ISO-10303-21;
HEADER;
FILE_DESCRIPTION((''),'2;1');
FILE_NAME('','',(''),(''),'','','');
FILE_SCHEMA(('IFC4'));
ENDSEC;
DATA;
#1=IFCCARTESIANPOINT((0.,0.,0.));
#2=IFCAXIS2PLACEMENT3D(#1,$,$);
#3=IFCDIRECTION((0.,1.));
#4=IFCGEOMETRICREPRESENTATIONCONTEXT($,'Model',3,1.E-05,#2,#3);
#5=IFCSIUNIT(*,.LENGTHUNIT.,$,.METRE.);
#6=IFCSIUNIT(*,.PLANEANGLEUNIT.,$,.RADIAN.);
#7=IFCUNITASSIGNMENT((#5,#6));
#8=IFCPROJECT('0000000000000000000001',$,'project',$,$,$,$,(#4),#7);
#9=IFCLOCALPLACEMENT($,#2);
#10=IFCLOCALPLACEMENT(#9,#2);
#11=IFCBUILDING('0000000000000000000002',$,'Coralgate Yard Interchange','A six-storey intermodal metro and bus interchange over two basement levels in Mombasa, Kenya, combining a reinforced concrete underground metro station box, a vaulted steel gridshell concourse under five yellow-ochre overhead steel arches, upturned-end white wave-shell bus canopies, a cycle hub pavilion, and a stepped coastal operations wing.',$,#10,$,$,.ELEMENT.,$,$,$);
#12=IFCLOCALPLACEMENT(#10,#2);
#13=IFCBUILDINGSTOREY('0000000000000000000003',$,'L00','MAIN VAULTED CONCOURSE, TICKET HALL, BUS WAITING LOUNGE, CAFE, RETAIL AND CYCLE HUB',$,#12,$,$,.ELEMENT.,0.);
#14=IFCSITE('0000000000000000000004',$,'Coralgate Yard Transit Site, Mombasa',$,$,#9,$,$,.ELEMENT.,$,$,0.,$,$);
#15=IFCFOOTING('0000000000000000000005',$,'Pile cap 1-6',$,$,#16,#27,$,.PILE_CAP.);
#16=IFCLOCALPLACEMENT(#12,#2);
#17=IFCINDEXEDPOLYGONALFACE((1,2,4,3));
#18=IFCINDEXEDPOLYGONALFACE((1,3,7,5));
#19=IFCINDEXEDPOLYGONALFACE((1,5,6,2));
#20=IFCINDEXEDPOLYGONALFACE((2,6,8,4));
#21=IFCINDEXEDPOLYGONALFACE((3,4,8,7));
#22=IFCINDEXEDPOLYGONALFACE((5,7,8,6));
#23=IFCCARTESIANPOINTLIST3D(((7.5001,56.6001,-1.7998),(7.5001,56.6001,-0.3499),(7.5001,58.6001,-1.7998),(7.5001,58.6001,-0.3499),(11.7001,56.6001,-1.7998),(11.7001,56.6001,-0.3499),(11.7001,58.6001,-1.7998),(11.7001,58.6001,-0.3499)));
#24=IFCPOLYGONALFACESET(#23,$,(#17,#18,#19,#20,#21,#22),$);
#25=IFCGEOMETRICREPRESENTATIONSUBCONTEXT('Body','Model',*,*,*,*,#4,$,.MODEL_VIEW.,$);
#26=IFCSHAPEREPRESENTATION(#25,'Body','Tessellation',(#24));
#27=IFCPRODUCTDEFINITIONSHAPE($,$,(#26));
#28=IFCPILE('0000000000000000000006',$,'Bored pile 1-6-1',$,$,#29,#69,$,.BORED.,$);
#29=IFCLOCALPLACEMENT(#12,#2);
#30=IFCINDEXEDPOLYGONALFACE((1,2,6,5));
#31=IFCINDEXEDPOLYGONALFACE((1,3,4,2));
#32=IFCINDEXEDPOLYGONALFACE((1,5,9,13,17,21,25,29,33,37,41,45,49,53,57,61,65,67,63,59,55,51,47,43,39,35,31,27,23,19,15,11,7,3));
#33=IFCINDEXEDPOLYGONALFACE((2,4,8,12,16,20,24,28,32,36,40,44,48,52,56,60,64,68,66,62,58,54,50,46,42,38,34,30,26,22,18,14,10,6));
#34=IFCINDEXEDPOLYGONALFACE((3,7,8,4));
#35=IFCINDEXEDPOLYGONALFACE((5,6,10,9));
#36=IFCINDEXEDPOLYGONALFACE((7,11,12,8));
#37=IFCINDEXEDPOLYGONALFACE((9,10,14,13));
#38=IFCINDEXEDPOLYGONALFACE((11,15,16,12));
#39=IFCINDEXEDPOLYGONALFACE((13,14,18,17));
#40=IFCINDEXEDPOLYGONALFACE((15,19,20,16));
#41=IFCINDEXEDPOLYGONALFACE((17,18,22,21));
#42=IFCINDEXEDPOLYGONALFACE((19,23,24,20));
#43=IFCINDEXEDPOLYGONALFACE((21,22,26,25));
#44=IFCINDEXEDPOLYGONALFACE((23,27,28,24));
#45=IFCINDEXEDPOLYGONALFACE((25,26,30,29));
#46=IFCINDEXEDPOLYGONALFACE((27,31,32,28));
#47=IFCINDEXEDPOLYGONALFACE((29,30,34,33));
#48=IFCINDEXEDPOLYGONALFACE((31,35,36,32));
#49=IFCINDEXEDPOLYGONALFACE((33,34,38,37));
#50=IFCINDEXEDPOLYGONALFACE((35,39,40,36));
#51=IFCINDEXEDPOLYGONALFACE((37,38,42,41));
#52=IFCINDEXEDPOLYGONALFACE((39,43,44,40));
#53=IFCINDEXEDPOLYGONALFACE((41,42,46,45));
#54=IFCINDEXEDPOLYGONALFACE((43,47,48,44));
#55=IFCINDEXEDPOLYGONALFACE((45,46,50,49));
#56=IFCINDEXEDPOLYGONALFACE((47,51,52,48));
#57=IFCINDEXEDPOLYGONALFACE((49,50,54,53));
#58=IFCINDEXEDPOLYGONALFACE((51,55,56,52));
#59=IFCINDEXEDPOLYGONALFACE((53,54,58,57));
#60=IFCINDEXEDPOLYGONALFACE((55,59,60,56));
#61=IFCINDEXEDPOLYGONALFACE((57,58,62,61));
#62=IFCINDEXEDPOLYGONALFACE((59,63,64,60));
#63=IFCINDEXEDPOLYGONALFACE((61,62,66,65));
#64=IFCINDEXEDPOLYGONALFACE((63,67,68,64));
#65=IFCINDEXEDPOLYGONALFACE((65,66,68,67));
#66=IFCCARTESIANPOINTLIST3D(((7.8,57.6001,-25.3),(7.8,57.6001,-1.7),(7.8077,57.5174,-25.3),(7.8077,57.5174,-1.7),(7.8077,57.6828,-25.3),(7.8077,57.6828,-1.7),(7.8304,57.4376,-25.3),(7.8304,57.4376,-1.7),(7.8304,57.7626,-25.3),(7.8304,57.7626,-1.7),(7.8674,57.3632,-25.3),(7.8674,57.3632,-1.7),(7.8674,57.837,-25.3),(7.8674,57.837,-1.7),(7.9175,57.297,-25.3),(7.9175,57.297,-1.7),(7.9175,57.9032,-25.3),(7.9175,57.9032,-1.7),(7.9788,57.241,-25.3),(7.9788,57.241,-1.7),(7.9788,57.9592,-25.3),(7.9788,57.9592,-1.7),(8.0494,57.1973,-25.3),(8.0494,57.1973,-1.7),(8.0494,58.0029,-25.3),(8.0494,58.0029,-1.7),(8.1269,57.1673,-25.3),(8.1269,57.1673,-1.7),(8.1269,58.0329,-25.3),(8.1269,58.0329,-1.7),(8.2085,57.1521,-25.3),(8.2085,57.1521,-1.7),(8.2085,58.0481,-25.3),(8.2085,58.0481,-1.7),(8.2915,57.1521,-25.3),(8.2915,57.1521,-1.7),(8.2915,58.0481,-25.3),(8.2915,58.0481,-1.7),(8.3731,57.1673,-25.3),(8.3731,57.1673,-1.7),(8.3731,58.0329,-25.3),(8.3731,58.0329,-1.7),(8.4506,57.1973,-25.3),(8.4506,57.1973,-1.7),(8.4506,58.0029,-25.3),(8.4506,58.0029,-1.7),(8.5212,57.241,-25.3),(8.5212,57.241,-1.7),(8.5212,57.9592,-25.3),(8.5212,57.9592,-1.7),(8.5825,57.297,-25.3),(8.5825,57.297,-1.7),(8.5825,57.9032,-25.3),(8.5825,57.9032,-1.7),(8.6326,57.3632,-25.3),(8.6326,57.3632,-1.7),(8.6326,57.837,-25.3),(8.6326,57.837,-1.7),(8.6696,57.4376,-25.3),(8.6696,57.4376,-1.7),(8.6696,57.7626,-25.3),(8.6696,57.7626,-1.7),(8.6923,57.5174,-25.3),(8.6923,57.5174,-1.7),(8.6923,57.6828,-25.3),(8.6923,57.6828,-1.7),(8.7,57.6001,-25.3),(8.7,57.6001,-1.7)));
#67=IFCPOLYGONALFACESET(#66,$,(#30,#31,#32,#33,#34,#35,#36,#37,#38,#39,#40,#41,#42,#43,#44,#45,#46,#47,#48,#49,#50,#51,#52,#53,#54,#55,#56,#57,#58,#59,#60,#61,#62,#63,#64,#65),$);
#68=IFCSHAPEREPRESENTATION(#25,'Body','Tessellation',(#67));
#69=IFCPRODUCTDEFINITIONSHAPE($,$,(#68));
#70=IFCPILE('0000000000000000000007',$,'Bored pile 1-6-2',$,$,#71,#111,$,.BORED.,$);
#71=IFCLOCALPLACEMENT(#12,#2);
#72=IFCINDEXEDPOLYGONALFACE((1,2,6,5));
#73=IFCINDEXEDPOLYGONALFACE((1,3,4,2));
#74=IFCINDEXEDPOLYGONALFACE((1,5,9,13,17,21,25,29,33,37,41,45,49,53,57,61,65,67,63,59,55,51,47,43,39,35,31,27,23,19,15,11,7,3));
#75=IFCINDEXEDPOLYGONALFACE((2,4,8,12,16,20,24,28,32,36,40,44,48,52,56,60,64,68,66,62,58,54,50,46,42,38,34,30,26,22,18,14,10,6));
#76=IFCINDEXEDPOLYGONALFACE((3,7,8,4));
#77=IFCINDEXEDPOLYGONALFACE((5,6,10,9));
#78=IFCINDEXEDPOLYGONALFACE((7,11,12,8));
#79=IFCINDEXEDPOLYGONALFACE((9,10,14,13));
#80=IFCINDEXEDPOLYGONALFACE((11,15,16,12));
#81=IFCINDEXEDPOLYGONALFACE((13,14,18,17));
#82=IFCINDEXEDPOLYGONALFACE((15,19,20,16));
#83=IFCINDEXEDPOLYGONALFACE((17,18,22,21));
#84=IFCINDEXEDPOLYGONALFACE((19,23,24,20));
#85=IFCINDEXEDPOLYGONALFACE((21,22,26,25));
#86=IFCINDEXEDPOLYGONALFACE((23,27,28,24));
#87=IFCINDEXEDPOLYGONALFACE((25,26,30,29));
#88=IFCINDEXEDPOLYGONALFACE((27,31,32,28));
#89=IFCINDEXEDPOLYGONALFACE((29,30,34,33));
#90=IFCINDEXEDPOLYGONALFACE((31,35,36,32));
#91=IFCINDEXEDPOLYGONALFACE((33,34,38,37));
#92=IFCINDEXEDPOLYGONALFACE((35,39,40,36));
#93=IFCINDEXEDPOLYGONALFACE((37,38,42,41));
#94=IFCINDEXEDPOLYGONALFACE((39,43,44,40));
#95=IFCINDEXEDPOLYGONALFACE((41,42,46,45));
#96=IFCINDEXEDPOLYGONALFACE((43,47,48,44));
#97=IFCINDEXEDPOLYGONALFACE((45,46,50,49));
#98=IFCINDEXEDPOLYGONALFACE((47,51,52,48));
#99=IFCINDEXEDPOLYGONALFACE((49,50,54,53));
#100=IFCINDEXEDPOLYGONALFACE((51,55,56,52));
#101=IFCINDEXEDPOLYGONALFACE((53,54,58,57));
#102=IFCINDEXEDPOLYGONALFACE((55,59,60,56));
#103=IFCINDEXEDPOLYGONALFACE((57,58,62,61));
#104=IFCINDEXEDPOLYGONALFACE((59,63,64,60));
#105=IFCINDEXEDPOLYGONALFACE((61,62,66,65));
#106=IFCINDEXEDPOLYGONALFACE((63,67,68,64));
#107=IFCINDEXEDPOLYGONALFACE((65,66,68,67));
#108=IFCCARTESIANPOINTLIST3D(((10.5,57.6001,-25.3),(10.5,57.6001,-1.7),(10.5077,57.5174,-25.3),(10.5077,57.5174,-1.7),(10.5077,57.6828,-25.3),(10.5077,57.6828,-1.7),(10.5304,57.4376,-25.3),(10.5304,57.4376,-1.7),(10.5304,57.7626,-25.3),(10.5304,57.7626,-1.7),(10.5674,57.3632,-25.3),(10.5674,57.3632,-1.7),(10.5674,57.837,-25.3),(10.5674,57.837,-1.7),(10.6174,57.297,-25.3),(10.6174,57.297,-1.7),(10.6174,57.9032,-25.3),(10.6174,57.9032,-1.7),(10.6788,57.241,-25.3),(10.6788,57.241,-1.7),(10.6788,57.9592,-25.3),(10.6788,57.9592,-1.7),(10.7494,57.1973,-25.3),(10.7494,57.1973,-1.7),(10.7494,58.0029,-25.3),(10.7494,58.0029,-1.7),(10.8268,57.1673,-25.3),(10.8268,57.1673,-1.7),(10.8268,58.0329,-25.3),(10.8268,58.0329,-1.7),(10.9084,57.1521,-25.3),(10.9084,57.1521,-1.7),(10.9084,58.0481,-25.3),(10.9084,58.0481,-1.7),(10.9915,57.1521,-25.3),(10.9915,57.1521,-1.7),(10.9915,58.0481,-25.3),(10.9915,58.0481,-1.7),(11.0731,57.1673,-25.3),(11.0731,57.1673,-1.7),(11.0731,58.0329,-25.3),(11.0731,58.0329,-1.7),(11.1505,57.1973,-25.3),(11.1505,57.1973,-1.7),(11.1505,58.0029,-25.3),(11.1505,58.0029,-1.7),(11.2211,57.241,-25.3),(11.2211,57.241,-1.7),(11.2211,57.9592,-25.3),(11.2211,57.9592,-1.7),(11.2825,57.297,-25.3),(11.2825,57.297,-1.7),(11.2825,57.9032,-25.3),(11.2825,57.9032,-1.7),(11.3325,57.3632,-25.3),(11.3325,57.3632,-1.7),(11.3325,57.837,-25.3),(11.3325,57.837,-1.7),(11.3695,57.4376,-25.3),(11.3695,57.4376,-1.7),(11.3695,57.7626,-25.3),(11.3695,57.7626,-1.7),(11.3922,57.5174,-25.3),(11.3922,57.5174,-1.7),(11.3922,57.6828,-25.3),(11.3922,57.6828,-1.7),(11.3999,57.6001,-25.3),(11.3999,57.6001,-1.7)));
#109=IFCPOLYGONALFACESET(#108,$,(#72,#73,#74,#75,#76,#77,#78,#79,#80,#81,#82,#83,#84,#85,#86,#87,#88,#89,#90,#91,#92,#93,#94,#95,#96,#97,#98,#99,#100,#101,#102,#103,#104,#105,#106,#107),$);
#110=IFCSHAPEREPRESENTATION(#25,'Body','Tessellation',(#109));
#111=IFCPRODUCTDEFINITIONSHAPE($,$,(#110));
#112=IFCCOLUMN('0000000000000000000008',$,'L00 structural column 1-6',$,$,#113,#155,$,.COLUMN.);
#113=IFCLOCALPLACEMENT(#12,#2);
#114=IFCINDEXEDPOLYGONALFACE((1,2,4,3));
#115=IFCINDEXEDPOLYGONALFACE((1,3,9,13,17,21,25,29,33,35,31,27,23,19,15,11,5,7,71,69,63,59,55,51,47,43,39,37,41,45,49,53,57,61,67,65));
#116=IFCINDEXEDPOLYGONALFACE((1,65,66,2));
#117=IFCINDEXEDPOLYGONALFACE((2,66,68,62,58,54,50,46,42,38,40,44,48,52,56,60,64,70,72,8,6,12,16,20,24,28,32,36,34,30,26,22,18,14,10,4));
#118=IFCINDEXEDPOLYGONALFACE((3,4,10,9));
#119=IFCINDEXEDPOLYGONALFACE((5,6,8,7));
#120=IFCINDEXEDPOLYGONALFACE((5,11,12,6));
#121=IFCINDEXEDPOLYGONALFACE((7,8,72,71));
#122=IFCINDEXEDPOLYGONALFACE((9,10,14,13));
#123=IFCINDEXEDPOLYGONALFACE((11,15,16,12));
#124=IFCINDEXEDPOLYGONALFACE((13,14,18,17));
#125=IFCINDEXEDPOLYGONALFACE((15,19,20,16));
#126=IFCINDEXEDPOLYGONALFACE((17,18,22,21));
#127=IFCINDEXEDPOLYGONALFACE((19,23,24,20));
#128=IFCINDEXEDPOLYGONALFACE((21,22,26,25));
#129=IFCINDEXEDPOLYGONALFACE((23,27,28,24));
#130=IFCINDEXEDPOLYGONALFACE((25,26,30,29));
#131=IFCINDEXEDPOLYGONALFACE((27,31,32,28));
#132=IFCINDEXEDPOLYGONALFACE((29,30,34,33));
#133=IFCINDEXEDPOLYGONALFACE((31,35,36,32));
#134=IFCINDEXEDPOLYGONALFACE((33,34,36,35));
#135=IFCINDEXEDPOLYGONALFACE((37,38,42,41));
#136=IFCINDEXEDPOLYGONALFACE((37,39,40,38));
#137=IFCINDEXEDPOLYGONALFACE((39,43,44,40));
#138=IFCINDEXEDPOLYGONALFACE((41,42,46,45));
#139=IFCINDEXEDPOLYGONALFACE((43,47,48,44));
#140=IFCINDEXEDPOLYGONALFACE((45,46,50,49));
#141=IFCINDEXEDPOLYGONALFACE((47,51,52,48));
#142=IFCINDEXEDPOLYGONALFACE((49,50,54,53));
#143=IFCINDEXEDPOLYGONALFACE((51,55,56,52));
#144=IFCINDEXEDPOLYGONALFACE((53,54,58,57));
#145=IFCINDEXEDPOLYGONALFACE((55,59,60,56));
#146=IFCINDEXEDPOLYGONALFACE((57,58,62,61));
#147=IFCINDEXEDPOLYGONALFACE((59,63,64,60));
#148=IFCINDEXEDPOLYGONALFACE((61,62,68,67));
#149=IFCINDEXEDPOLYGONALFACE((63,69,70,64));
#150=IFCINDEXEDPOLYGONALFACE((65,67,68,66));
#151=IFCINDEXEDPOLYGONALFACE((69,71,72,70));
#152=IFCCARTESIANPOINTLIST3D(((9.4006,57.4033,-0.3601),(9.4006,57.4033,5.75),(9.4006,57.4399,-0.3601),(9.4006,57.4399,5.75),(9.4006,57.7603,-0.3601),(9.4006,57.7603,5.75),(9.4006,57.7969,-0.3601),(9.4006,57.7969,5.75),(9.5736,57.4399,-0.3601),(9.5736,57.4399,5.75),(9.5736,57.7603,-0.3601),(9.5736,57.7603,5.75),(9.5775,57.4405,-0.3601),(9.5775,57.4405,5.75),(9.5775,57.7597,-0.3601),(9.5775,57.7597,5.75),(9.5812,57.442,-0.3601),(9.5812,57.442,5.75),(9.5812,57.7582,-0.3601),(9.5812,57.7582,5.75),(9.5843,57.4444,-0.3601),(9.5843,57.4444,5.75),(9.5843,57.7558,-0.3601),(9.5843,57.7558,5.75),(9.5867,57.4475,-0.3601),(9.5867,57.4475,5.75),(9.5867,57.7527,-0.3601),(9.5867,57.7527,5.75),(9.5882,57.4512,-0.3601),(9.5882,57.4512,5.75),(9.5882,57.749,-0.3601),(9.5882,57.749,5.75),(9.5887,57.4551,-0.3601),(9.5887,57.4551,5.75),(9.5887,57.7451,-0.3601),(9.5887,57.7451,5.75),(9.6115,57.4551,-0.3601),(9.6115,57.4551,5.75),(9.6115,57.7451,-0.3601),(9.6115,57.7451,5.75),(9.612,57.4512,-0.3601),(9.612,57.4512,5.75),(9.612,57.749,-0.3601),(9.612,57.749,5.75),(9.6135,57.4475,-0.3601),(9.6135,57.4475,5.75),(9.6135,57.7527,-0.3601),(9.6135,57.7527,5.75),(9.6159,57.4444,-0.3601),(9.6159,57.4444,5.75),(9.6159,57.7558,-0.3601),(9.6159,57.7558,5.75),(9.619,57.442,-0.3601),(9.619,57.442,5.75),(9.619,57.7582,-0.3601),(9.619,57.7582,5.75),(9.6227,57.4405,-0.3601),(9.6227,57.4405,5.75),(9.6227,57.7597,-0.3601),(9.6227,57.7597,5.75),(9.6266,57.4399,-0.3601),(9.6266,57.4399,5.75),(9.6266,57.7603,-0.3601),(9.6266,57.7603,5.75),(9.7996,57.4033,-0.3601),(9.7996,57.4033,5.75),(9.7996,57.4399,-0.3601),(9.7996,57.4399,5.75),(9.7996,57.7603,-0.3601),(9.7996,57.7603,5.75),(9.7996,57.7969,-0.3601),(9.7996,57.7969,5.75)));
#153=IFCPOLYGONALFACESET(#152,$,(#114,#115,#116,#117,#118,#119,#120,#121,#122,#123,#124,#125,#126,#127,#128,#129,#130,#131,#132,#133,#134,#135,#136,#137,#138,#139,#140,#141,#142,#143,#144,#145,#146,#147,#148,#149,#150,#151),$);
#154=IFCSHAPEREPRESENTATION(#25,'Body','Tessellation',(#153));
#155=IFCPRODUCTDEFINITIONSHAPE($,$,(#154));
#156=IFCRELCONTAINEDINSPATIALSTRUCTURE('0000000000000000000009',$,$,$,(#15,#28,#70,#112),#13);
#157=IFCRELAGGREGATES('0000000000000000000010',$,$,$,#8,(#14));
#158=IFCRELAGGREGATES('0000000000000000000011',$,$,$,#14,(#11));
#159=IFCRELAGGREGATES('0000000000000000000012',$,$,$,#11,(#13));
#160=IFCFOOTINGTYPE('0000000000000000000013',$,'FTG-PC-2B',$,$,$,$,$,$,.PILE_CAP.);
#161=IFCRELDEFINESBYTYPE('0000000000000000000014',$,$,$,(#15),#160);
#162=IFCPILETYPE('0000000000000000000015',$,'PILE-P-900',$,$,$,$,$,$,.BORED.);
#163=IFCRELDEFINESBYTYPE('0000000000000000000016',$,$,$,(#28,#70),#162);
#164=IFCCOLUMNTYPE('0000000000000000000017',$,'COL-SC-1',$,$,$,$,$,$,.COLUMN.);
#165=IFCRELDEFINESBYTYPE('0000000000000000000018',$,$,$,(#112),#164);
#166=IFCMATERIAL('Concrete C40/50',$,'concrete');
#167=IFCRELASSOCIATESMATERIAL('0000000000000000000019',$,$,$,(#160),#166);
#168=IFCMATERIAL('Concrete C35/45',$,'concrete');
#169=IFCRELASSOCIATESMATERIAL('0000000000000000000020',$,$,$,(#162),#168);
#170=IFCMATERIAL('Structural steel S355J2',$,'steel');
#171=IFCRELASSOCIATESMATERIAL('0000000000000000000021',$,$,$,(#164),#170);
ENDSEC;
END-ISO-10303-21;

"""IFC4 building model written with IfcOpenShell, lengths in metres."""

from ifc_helpers import new_model, si_unit, direction, frame, origin, origin_2d, place, context, subcontext, project, spatial, rectangle, circle, i_section, extrude, material, material_profile, profile_set, type_object, element, save


model = new_model("IFC4")

# Units and contexts
model_context = context("Model", 3, precision=1e-05, world=origin(), true_north=direction((0.0, 1.0)))
body_context = subcontext(model_context, "Body", "Model", "MODEL_VIEW")
ifc_project = project(units=[si_unit("LENGTHUNIT", "METRE"), si_unit("PLANEANGLEUNIT", "RADIAN")], contexts=[model_context])

# Site, building, storey
site_placement = place(None, origin())
site = spatial("IfcSite", under=ifc_project, at=site_placement, Name="Coralgate Yard Transit Site, Mombasa", CompositionType="ELEMENT", RefElevation=0.0)
building_placement = place(site_placement, origin())
building = spatial("IfcBuilding", under=site, at=building_placement, Name="Coralgate Yard Interchange", Description="A six-storey intermodal metro and bus interchange over two basement levels in Mombasa, Kenya, combining a reinforced concrete underground metro station box, a vaulted steel gridshell concourse under five yellow-ochre overhead steel arches, upturned-end white wave-shell bus canopies, a cycle hub pavilion, and a stepped coastal operations wing.", CompositionType="ELEMENT")
storey_placement = place(building_placement, origin())
storey = spatial("IfcBuildingStorey", under=building, at=storey_placement, Name="L00", Description="MAIN VAULTED CONCOURSE, TICKET HALL, BUS WAITING LOUNGE, CAFE, RETAIL AND CYCLE HUB", CompositionType="ELEMENT", Elevation=0.0)

# Footing
ifc_material_1 = material(Name="Concrete C40/50", Category="concrete")
footing_type = type_object("IfcFootingType", Name="FTG-PC-2B", PredefinedType="PILE_CAP", material=ifc_material_1)
footing_placement = place(storey_placement, frame((9.6001, 57.6001, -1.7998), z_axis=(0.0, 0.0, 1.0), x_axis=(1.0, 0.0, 0.0)))
element("IfcFooting", 1, at=footing_placement, inside=storey, type_object=footing_type, Name="Pile cap 1-6", PredefinedType="PILE_CAP", context=body_context, shape_type="SweptSolid", body=[
    extrude(rectangle(XDim=4.2, YDim=2.0, at=origin_2d()), origin(), (0.0, 0.0, 1.0), 1.45),
])

# Piles
ifc_material_2 = material(Name="Concrete C35/45", Category="concrete")
ifc_material_profile_1 = material_profile(ifc_material_2, circle(Radius=0.45, at=origin_2d()), Name="BORED PILE D900")
ifc_profile_set_1 = profile_set([ifc_material_profile_1], Name="Concrete C35/45")
pile_type = type_object("IfcPileType", Name="PILE-P-900", PredefinedType="BORED", material=ifc_profile_set_1)
for number, where, z_axis, x_axis, name in (
    (2, (8.25, 57.6001, -1.7), (0.0, 0.0, -1.0), (1.0, 0.0, 0.0), "Bored pile 1-6-1"),
    (3, (10.95, 57.6001, -1.7), (0.0, 0.0, -1.0), (1.0, 0.0, 0.0), "Bored pile 1-6-2"),
):
    element("IfcPile", number, at=place(storey_placement, frame(where, z_axis=z_axis, x_axis=x_axis)), inside=storey, type_object=pile_type, Name=name, PredefinedType="BORED", context=body_context, shape_type="SweptSolid", body=[
        extrude(circle(Radius=0.45, at=origin_2d()), origin(), (0.0, 0.0, 1.0), 23.6001),
    ])

# Column
ifc_material_3 = material(Name="Structural steel S355J2", Category="steel")
ifc_material_profile_2 = material_profile(ifc_material_3, i_section(OverallWidth=0.3989, OverallDepth=0.3936, WebThickness=0.0227, FlangeThickness=0.0366, FilletRadius=0.0151, at=origin_2d()), Name="UC 356x406x287")
ifc_profile_set_2 = profile_set([ifc_material_profile_2], Name="Structural steel S355J2")
column_type = type_object("IfcColumnType", Name="COL-SC-1", PredefinedType="COLUMN", material=ifc_profile_set_2)
column_placement = place(storey_placement, frame((9.6001, 57.6001, -0.3601), z_axis=(0.0, 0.0, 1.0), x_axis=(1.0, 0.0, 0.0)))
element("IfcColumn", 4, at=column_placement, inside=storey, type_object=column_type, Name="L00 structural column 1-6", PredefinedType="COLUMN", context=body_context, shape_type="SweptSolid", body=[
    extrude(i_section(OverallWidth=0.3989, OverallDepth=0.3936, WebThickness=0.0227, FlangeThickness=0.0366, FilletRadius=0.0151, at=origin_2d()), origin(), (0.0, 0.0, 1.0), 6.1101),
])

save(model, "model.ifc")
